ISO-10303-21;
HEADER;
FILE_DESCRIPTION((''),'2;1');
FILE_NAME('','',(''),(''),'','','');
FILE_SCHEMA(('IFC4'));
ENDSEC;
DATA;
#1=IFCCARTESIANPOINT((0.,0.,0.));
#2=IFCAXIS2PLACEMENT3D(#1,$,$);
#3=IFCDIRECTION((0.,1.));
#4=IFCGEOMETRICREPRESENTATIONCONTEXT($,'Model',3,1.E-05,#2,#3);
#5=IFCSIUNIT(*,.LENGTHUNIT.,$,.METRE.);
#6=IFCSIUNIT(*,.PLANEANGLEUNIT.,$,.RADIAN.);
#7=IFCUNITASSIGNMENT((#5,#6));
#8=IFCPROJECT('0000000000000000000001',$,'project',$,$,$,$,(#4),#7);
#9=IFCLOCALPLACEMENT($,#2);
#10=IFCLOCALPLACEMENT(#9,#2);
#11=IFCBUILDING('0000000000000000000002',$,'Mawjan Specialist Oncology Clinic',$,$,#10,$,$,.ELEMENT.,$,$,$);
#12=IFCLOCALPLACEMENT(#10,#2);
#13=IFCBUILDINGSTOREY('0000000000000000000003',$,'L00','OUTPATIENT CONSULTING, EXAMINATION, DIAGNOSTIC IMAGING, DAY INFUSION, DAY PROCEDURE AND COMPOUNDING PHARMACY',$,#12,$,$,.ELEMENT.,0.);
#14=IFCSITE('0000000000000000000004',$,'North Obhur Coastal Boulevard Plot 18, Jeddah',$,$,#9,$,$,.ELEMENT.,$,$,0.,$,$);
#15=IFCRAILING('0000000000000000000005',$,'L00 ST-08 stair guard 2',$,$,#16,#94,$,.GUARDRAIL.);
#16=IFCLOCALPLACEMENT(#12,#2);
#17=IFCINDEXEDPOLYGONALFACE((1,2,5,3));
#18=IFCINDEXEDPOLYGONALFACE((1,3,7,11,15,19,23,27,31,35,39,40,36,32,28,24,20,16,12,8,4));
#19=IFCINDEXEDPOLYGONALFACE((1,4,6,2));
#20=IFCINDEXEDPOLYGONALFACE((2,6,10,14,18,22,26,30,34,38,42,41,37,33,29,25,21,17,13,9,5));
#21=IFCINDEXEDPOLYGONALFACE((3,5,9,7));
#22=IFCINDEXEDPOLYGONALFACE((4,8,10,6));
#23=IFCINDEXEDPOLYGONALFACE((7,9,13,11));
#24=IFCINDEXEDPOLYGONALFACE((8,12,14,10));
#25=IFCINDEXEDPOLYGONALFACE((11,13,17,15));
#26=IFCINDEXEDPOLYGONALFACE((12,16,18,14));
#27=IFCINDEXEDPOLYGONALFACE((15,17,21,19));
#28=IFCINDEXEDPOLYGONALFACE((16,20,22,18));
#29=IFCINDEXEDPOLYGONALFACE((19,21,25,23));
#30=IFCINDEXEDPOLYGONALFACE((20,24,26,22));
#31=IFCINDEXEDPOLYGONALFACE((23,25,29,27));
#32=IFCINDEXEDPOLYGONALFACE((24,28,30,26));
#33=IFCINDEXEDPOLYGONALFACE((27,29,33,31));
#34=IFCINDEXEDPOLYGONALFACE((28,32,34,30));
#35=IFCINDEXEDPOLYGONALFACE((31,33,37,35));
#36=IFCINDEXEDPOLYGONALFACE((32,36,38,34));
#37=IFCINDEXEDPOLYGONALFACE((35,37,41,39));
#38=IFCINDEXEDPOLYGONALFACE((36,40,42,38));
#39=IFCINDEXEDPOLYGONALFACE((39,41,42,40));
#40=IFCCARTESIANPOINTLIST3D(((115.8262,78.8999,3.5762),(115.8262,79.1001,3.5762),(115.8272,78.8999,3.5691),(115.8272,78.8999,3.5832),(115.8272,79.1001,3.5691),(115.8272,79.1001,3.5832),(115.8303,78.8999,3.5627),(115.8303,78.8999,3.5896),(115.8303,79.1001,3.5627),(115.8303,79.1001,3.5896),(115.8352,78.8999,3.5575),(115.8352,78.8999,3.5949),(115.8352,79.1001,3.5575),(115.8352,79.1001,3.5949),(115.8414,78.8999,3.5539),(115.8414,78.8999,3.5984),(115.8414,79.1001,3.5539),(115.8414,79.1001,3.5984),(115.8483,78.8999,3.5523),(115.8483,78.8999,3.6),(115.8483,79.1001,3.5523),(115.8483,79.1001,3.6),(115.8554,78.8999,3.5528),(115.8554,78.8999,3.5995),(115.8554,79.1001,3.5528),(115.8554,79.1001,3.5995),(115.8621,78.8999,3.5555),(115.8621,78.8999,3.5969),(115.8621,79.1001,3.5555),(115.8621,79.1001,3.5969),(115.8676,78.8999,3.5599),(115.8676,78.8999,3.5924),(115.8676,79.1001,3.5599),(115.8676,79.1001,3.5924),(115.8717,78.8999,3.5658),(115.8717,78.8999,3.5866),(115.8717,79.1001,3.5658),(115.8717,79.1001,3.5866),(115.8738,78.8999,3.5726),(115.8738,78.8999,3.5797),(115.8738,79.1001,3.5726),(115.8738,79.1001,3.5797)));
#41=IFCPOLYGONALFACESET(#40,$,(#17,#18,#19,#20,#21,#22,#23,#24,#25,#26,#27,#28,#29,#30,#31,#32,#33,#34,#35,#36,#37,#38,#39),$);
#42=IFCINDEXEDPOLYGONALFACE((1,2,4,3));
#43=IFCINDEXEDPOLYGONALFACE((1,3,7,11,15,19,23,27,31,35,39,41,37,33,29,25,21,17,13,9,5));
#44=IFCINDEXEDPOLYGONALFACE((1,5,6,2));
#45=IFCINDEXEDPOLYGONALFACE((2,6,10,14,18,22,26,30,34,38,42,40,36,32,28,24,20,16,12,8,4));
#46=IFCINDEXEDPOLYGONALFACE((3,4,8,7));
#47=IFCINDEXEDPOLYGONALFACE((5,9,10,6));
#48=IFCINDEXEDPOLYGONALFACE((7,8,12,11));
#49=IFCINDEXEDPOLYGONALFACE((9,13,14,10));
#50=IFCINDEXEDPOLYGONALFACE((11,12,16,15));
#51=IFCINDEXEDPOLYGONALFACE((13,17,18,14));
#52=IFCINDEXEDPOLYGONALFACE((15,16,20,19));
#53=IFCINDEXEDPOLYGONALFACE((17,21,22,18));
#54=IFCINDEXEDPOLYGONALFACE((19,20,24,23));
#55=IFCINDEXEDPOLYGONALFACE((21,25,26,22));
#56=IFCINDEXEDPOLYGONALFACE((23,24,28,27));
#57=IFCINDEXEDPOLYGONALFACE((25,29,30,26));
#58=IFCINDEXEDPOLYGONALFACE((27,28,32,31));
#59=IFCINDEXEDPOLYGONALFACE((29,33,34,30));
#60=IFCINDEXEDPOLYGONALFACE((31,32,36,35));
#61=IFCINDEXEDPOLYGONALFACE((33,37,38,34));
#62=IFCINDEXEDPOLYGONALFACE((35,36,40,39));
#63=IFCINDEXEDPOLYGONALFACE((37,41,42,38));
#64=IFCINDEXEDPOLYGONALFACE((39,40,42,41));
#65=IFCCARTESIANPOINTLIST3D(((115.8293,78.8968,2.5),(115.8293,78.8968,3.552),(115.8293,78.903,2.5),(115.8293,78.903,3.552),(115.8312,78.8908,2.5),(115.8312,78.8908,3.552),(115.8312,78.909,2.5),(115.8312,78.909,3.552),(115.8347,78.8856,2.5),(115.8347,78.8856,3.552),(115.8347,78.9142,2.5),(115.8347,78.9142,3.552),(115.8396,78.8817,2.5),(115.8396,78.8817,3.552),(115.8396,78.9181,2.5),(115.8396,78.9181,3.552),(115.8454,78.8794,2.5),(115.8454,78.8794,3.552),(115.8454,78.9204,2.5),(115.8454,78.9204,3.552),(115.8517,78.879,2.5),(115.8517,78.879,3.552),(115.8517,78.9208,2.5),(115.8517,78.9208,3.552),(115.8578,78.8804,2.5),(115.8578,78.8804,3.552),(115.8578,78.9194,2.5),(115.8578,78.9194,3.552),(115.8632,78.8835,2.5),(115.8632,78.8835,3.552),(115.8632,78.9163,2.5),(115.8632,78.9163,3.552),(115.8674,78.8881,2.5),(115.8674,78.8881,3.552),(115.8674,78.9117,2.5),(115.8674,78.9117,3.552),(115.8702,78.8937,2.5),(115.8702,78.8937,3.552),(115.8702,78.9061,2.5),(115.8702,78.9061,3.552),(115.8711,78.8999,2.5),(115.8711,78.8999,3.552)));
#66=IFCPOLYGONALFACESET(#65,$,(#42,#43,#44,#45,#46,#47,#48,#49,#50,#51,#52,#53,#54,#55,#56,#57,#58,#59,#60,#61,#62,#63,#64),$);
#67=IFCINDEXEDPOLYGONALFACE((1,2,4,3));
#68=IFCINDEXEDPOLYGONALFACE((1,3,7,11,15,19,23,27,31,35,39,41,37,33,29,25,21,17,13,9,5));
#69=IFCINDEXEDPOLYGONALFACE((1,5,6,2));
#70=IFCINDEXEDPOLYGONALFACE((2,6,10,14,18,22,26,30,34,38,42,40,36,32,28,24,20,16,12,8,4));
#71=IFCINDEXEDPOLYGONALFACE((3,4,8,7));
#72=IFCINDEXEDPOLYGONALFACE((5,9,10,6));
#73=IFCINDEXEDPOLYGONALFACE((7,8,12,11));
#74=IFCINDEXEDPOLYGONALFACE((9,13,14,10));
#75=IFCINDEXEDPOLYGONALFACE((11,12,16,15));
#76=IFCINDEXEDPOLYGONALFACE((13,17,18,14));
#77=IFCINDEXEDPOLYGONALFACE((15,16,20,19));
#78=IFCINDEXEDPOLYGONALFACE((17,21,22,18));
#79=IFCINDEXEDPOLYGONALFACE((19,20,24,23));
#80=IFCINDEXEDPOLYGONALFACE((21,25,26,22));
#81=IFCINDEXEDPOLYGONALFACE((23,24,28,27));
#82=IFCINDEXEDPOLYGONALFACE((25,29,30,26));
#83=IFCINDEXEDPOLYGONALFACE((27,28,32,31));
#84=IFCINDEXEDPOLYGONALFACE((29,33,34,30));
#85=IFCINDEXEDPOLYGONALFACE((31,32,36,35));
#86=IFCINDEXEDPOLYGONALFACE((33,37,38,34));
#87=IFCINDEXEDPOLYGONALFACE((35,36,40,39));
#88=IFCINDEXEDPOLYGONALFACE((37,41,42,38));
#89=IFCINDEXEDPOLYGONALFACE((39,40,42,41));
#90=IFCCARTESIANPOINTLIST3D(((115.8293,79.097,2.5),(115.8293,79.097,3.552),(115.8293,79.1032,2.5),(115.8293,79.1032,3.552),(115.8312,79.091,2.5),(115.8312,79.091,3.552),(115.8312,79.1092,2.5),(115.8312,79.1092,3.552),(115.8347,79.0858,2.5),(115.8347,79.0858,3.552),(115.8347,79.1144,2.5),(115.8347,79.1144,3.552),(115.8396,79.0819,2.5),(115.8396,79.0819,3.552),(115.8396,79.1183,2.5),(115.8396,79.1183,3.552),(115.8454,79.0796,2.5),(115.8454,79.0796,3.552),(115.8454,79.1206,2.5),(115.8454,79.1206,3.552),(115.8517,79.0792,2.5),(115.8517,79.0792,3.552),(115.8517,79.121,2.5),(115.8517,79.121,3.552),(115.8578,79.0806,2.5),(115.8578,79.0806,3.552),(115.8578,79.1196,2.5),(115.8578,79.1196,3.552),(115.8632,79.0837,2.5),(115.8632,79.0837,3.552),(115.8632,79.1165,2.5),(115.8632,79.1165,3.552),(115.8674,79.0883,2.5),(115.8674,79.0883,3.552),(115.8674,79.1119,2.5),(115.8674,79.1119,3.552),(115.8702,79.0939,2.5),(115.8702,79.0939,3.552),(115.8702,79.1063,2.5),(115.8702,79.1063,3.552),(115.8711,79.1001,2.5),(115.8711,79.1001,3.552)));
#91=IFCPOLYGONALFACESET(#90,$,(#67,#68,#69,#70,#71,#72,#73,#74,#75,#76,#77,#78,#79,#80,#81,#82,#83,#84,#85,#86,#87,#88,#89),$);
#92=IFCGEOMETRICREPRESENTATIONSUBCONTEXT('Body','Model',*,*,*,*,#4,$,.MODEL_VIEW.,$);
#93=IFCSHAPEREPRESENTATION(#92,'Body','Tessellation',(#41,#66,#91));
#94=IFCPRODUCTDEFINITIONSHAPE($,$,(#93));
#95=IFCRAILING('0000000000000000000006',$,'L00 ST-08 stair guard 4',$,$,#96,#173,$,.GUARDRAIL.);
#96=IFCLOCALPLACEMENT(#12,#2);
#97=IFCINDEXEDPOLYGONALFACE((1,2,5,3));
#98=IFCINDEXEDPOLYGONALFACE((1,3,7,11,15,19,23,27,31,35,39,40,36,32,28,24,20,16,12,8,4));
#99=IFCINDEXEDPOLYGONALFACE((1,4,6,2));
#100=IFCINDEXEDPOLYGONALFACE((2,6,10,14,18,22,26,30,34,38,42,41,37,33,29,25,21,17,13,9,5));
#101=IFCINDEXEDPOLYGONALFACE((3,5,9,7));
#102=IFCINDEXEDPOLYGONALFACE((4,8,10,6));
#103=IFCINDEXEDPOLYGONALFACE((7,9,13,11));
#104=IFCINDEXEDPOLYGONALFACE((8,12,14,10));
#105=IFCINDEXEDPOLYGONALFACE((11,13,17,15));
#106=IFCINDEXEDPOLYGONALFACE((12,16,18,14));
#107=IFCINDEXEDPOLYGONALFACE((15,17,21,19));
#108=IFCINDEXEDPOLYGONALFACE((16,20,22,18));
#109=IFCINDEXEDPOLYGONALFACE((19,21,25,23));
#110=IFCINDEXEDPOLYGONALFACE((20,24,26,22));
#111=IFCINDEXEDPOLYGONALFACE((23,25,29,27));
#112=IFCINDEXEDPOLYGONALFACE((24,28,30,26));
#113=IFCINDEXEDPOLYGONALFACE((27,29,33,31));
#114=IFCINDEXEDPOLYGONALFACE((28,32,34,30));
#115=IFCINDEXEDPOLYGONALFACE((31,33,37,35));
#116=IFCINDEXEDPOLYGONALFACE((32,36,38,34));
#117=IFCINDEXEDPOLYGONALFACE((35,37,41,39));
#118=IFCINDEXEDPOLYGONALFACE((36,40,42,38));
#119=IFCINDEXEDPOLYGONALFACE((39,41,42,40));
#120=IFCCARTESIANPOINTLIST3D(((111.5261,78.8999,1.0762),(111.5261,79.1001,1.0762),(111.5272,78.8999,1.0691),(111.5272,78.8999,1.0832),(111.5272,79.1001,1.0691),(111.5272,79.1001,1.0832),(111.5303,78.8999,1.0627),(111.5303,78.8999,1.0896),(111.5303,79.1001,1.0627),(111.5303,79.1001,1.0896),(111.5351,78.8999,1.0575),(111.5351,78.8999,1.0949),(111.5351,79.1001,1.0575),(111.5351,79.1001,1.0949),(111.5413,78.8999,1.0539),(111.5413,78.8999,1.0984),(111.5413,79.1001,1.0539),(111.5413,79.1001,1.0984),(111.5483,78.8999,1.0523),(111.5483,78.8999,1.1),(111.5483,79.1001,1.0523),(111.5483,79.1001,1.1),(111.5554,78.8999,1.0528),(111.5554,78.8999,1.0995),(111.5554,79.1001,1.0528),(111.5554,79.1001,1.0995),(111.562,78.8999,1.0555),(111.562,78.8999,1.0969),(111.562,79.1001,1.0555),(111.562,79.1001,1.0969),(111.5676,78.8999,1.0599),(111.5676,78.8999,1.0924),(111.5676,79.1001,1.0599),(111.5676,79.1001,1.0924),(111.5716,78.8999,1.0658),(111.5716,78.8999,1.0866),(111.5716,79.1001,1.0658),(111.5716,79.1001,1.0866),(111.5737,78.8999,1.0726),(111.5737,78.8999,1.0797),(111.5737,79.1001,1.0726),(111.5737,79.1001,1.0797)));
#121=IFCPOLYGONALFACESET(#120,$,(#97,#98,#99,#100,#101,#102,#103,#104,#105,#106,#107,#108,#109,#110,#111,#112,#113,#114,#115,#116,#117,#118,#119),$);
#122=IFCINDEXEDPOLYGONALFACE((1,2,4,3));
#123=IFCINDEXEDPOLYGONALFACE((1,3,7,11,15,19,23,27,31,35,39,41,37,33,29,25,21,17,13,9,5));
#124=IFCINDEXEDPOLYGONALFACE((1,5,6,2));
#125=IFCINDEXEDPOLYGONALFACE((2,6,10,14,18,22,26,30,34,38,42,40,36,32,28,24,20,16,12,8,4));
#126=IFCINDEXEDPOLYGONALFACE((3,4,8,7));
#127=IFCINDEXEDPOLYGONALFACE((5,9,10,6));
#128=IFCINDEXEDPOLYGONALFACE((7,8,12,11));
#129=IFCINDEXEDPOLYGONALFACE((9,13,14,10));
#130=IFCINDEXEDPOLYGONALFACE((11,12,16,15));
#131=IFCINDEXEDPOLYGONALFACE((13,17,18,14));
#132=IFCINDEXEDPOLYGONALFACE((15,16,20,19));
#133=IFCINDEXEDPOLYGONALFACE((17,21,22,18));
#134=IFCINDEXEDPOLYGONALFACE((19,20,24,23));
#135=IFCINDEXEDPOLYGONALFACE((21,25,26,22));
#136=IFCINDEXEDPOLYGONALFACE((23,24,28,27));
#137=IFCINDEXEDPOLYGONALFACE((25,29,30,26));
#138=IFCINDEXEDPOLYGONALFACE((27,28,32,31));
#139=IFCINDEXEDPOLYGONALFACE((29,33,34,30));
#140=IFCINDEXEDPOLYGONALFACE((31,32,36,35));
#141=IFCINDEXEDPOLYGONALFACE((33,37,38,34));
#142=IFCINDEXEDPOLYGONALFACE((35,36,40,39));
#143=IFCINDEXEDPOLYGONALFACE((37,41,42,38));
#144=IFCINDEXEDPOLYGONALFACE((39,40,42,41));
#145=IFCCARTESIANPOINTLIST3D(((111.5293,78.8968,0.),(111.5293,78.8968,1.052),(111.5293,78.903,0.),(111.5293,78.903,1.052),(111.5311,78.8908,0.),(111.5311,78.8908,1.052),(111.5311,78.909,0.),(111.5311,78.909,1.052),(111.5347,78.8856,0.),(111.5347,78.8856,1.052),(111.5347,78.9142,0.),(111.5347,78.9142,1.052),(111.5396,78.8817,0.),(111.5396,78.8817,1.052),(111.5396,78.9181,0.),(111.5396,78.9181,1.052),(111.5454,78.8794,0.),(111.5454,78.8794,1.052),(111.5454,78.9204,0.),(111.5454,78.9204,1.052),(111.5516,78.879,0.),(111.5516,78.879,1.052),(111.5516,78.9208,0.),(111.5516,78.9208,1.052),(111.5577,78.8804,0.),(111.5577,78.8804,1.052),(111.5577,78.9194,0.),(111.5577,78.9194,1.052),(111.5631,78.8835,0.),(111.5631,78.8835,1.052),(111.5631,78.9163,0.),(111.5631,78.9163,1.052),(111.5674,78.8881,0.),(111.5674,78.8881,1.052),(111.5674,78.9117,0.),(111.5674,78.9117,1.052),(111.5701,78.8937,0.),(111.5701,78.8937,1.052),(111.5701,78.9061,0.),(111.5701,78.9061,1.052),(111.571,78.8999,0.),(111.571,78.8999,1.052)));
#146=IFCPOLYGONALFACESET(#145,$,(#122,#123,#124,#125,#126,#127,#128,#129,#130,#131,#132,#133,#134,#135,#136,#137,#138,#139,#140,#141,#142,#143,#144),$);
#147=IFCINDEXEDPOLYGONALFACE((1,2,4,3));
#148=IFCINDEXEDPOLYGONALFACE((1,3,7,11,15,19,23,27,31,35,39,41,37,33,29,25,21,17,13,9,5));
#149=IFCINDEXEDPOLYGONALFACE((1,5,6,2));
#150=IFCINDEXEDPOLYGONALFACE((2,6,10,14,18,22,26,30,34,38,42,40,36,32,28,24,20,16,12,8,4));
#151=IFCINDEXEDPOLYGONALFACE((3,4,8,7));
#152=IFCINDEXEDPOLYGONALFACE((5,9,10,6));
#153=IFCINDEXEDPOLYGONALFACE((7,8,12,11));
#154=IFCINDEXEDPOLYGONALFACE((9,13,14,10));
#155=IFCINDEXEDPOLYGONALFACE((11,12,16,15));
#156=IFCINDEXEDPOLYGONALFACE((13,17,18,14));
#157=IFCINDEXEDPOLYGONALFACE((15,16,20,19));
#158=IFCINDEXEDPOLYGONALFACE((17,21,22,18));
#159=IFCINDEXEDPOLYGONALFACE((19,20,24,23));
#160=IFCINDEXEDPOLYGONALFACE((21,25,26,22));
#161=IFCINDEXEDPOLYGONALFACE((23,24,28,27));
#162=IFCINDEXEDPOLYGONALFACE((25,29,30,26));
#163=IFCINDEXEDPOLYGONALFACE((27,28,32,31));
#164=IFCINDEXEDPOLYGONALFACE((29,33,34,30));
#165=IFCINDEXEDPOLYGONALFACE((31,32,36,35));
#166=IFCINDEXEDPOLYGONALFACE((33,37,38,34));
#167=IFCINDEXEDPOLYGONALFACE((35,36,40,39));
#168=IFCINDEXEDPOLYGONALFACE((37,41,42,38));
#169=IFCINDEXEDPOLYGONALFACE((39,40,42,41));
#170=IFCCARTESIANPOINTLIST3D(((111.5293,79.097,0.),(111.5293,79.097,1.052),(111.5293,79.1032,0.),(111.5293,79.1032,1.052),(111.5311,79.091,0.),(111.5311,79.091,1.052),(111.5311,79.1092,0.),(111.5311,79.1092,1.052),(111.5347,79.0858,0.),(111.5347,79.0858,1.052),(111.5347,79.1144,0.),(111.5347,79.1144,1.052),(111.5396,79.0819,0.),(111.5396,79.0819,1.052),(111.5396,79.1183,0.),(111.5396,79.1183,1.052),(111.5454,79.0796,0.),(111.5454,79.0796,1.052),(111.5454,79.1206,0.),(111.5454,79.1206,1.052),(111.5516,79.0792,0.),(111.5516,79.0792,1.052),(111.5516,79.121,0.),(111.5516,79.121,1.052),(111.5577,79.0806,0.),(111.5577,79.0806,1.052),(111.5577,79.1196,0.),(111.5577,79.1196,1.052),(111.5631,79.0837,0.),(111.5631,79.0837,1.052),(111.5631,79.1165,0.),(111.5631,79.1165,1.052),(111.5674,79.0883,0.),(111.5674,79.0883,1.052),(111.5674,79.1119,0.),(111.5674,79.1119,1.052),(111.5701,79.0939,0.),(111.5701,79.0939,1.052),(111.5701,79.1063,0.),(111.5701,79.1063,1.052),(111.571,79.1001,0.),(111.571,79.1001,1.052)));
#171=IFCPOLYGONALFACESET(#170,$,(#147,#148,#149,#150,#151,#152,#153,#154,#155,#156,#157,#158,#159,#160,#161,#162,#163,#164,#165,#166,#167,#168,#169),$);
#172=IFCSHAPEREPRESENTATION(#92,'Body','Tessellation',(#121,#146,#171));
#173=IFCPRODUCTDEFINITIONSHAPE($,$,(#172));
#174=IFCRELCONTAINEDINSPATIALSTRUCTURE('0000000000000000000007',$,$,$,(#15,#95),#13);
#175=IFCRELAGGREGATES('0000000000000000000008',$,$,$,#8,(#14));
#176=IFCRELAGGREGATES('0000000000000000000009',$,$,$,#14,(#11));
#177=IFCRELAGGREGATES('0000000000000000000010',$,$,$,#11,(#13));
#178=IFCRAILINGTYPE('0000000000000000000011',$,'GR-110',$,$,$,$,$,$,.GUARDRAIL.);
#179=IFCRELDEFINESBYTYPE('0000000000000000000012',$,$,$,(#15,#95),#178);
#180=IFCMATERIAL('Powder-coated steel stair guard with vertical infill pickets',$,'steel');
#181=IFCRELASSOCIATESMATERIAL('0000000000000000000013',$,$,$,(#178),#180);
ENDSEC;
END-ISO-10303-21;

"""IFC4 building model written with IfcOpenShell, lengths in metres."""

from ifc_helpers import new_model, si_unit, direction, frame, origin, origin_2d, place, context, subcontext, project, spatial, circle, extrude, material, type_object, element, save


model = new_model("IFC4")

# Units and contexts
model_context = context("Model", 3, precision=1e-05, world=origin(), true_north=direction((0.0, 1.0)))
body_context = subcontext(model_context, "Body", "Model", "MODEL_VIEW")
ifc_project = project(units=[si_unit("LENGTHUNIT", "METRE"), si_unit("PLANEANGLEUNIT", "RADIAN")], contexts=[model_context])

# Site, building, storey
site_placement = place(None, origin())
site = spatial("IfcSite", under=ifc_project, at=site_placement, Name="North Obhur Coastal Boulevard Plot 18, Jeddah", CompositionType="ELEMENT", RefElevation=0.0)
building_placement = place(site_placement, origin())
building = spatial("IfcBuilding", under=site, at=building_placement, Name="Mawjan Specialist Oncology Clinic", CompositionType="ELEMENT")
storey_placement = place(building_placement, origin())
storey = spatial("IfcBuildingStorey", under=building, at=storey_placement, Name="L00", Description="OUTPATIENT CONSULTING, EXAMINATION, DIAGNOSTIC IMAGING, DAY INFUSION, DAY PROCEDURE AND COMPOUNDING PHARMACY", CompositionType="ELEMENT", Elevation=0.0)

# Railings
ifc_material_1 = material(Name="Powder-coated steel stair guard with vertical infill pickets", Category="steel")
railing_type_1 = type_object("IfcRailingType", Name="GR-110", PredefinedType="GUARDRAIL", material=ifc_material_1)
for number, where, name in (
    (1, (115.8501, 78.8999, 2.5), "L00 ST-08 stair guard 2"),
    (2, (111.55, 78.8999, 0.0), "L00 ST-08 stair guard 4"),
):
    element("IfcRailing", number, at=place(storey_placement, frame(where)), inside=storey, type_object=railing_type_1, Name=name, PredefinedType="GUARDRAIL", context=body_context, shape_type="SweptSolid", body=[
        extrude(circle(Radius=0.0239, at=origin_2d()), frame((0.0, 0.0, 1.0762), z_axis=(0.0, 1.0, 0.0), x_axis=(-1.0, 0.0, 0.0)), (0.0, 0.0, 1.0), 0.2002),
        extrude(circle(Radius=0.021, at=origin_2d()), origin(), (0.0, 0.0, 1.0), 1.052),
        extrude(circle(Radius=0.021, at=origin_2d()), frame((0.0, 0.2002, 0.0)), (0.0, 0.0, 1.0), 1.052),
    ])

save(model, "model.ifc")
